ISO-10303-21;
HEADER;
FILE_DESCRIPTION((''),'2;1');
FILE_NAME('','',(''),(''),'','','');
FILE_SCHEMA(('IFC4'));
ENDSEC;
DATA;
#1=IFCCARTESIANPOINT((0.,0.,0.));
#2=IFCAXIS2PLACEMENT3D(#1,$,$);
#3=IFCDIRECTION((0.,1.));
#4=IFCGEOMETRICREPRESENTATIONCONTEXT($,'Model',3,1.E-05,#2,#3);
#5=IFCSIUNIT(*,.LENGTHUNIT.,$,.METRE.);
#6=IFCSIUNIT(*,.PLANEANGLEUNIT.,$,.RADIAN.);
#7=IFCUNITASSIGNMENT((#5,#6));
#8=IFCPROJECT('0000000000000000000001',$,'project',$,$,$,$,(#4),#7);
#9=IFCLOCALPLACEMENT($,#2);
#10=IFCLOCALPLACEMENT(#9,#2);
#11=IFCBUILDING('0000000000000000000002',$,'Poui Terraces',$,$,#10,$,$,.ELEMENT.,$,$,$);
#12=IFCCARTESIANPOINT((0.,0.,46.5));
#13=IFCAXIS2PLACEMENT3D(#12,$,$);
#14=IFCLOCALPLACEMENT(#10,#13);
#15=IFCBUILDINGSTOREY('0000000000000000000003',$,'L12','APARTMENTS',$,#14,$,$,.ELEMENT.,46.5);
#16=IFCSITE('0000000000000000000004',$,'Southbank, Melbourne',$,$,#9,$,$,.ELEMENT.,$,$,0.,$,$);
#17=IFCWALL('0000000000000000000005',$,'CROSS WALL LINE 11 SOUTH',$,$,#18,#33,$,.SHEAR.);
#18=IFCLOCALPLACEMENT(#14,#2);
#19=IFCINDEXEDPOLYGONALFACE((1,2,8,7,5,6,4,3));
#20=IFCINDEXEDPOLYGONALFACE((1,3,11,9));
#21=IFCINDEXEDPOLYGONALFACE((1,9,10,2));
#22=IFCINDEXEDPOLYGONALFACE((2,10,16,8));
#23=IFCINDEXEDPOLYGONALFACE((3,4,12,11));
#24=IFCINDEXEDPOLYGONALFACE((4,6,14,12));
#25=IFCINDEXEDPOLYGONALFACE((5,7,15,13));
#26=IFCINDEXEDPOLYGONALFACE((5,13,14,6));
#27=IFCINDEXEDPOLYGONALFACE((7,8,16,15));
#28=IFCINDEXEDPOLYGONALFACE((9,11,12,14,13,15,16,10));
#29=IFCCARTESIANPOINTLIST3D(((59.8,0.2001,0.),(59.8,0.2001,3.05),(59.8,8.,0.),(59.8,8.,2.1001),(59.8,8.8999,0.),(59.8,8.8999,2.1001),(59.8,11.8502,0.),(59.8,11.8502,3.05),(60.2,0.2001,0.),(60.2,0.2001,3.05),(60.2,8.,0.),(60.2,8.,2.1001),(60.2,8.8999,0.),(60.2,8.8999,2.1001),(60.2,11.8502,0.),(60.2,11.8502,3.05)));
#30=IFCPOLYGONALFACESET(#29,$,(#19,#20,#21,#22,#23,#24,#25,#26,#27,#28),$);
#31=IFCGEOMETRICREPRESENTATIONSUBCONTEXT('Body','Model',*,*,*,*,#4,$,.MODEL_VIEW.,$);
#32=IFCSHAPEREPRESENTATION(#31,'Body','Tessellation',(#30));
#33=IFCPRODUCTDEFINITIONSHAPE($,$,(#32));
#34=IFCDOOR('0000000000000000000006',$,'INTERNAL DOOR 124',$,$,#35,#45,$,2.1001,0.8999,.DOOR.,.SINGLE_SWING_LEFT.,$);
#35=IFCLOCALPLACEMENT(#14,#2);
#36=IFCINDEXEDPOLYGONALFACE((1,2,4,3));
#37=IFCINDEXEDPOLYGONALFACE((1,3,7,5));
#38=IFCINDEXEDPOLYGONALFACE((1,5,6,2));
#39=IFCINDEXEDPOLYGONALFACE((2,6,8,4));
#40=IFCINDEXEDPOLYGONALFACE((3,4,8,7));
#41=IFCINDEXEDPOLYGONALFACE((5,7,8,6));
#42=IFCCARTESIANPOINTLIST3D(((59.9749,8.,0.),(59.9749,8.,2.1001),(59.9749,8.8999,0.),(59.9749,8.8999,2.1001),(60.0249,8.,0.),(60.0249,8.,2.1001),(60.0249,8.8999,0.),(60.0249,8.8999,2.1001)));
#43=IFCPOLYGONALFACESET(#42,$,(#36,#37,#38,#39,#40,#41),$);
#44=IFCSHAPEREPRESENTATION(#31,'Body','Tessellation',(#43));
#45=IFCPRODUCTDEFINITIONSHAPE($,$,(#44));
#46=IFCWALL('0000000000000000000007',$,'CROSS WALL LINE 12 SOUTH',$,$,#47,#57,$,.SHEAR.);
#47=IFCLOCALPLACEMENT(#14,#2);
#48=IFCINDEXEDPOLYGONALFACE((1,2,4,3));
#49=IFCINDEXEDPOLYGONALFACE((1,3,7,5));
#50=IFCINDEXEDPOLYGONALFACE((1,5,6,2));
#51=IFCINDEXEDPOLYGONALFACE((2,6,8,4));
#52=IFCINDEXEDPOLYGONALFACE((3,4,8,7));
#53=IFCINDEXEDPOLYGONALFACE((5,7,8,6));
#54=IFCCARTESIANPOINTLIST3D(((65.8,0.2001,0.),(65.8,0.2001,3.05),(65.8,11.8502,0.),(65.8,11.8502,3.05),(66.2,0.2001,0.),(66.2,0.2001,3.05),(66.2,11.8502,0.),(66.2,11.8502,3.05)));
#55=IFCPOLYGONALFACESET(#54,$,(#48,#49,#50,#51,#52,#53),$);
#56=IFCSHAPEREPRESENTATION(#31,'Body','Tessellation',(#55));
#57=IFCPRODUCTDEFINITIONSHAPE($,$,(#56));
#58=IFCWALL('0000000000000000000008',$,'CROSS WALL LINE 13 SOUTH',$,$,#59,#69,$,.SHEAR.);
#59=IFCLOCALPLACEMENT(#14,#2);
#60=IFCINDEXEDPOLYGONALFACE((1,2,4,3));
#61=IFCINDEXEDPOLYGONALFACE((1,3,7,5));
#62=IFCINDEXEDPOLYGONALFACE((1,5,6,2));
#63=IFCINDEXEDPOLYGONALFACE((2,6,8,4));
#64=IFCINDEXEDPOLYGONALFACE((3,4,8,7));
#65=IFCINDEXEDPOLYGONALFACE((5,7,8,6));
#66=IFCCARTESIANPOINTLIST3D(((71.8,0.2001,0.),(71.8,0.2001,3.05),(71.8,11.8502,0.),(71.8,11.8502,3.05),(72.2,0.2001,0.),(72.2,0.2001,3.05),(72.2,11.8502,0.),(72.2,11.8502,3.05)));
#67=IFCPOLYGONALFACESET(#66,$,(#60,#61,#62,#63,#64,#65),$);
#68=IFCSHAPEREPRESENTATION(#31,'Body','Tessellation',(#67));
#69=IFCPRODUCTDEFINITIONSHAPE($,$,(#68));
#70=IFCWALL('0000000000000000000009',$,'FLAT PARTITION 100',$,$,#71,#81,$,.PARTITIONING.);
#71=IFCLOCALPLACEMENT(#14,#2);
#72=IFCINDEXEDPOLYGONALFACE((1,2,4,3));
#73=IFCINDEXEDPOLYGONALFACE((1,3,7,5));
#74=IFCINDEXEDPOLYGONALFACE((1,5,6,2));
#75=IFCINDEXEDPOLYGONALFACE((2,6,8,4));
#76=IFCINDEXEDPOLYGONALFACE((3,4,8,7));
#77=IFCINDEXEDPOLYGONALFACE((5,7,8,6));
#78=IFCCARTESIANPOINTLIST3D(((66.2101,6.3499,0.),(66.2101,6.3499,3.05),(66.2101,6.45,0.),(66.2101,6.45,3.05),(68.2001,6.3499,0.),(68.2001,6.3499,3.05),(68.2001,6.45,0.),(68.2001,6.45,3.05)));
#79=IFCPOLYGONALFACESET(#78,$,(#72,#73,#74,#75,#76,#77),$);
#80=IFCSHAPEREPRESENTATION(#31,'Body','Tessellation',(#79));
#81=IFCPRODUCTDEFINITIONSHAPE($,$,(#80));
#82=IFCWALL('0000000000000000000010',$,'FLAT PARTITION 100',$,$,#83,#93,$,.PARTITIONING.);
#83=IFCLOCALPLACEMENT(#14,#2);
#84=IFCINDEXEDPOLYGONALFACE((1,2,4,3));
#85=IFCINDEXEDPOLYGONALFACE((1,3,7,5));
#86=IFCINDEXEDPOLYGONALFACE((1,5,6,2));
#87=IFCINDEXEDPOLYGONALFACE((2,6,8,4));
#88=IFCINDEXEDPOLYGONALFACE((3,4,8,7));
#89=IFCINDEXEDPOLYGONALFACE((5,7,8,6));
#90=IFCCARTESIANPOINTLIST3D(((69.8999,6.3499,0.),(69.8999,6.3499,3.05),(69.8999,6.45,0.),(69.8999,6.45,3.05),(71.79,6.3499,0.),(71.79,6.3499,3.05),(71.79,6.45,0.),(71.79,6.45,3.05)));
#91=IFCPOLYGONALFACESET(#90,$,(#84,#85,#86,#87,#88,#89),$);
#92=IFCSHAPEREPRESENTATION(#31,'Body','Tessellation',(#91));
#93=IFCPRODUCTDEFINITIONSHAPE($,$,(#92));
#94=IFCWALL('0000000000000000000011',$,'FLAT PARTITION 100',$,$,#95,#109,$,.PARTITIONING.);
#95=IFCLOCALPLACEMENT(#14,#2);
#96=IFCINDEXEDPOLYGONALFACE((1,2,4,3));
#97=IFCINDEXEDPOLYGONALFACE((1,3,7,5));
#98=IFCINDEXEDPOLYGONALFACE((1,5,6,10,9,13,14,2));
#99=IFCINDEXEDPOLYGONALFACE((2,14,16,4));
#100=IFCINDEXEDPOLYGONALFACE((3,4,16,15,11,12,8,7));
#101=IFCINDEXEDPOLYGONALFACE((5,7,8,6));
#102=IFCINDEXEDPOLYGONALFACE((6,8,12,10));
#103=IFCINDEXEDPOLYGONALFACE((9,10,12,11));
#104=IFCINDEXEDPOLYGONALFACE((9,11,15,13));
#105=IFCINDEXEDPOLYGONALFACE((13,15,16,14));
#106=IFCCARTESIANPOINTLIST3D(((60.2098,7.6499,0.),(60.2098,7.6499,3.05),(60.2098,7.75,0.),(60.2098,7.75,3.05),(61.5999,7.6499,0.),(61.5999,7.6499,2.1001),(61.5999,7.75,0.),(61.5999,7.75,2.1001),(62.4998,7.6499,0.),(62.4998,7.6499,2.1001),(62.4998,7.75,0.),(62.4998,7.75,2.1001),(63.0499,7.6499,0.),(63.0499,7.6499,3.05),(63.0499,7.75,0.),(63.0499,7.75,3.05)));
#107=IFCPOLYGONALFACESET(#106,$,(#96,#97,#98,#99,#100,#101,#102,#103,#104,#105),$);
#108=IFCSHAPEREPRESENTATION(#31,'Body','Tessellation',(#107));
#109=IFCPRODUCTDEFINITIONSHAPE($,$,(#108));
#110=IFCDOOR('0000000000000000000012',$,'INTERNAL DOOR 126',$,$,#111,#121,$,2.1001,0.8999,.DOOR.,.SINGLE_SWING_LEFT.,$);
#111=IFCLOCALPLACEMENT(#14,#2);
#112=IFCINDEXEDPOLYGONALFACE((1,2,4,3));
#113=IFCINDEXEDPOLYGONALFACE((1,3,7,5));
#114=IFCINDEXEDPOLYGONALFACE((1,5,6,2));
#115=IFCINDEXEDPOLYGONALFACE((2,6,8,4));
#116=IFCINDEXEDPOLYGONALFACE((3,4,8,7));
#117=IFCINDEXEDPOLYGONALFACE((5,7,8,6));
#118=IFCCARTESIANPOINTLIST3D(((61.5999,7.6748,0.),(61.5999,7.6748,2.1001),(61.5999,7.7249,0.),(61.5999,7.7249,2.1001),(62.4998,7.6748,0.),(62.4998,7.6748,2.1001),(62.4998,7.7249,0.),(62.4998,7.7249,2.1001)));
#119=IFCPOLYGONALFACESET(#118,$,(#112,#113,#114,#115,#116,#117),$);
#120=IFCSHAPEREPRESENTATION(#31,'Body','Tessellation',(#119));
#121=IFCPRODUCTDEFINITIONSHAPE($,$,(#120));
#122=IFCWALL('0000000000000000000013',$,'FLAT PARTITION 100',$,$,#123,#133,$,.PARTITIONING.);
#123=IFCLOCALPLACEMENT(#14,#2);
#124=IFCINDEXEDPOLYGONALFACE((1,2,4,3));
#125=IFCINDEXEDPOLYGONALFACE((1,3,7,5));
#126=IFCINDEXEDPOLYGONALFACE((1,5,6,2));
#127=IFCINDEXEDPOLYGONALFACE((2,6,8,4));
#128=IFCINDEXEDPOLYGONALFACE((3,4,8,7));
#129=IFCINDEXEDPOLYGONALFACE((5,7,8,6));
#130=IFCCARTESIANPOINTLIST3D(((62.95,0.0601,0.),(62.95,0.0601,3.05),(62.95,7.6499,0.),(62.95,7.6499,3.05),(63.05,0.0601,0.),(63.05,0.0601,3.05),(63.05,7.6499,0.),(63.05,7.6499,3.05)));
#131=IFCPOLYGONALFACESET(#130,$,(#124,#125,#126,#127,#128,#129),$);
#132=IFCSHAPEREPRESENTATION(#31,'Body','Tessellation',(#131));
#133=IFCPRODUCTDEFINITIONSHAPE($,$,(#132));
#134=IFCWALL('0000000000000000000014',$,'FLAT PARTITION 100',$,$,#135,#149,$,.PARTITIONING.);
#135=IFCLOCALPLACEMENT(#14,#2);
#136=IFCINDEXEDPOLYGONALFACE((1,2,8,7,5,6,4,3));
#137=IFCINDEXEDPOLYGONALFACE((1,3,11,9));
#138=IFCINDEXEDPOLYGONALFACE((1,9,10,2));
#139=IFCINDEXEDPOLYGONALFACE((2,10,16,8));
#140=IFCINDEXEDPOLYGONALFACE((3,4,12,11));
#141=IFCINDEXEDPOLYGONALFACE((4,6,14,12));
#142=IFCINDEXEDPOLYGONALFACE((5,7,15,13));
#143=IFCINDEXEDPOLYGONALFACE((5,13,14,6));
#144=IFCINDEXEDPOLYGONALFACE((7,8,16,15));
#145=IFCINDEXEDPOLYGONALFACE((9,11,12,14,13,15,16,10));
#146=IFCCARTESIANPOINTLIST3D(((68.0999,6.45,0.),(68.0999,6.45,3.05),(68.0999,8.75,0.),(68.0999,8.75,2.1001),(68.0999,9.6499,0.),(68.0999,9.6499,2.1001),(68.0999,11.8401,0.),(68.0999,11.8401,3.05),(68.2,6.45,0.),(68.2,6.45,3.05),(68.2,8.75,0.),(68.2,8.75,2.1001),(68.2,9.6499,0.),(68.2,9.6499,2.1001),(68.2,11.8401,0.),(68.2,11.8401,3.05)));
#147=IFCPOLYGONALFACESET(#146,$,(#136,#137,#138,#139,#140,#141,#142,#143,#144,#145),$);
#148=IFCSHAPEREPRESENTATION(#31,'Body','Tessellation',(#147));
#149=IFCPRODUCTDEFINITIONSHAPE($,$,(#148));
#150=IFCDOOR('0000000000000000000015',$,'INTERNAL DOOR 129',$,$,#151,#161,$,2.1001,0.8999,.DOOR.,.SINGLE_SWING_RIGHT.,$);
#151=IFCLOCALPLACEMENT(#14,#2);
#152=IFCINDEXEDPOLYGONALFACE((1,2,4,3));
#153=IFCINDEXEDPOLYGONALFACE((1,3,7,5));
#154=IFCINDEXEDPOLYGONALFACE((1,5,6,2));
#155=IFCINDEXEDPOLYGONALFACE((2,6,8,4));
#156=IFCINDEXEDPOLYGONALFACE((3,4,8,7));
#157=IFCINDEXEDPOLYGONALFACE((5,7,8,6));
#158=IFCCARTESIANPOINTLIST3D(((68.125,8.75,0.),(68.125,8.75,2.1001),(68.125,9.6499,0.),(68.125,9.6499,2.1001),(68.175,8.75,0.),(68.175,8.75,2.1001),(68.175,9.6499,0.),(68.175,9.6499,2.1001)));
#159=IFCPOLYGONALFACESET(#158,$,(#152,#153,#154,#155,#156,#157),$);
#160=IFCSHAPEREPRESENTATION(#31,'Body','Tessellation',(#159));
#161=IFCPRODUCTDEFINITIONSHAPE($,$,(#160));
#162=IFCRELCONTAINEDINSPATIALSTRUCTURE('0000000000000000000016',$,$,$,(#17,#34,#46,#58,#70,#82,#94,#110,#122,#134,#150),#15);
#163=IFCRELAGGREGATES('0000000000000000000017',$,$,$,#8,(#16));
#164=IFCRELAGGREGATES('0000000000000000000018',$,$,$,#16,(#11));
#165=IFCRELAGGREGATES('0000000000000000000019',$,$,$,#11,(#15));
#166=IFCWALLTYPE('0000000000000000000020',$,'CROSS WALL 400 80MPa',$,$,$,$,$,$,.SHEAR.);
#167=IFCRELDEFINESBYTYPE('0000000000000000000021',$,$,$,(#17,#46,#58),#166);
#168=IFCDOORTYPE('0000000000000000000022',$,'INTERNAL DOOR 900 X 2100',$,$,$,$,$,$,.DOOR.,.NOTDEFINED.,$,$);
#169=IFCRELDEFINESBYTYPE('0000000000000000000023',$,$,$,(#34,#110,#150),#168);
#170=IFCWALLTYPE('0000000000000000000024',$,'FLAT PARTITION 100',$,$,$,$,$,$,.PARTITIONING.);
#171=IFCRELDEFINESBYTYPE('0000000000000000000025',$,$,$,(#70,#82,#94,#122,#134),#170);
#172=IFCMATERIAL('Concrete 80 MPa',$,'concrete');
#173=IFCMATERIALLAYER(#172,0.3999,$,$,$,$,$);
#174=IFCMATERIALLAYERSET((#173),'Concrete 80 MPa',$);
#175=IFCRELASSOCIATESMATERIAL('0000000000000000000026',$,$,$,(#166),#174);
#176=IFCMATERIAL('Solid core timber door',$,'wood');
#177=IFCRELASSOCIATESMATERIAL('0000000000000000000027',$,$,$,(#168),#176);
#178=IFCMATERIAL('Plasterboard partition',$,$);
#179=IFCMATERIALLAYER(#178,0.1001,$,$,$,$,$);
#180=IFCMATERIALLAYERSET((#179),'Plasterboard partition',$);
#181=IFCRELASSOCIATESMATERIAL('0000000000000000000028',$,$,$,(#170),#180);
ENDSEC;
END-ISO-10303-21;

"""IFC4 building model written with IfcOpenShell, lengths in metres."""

from ifc_helpers import new_model, si_unit, direction, frame, frame_2d, origin, place, context, subcontext, project, spatial, rectangle, extrude, material, layer, layer_set, type_object, element, fill, save


model = new_model("IFC4")

# Units and contexts
model_context = context("Model", 3, precision=1e-05, world=origin(), true_north=direction((0.0, 1.0)))
body_context = subcontext(model_context, "Body", "Model", "MODEL_VIEW")
ifc_project = project(units=[si_unit("LENGTHUNIT", "METRE"), si_unit("PLANEANGLEUNIT", "RADIAN")], contexts=[model_context])

# Site, building, storey
site_placement = place(None, origin())
site = spatial("IfcSite", under=ifc_project, at=site_placement, Name="Southbank, Melbourne", CompositionType="ELEMENT", RefElevation=0.0)
building_placement = place(site_placement, origin())
building = spatial("IfcBuilding", under=site, at=building_placement, Name="Poui Terraces", CompositionType="ELEMENT")
storey_placement = place(building_placement, frame((0.0, 0.0, 46.5)))
storey = spatial("IfcBuildingStorey", under=building, at=storey_placement, Name="L12", Description="APARTMENTS", CompositionType="ELEMENT", Elevation=46.5)

# Wall, opening, door
ifc_material_1 = material(Name="Concrete 80 MPa", Category="concrete")
ifc_layer_1 = layer(ifc_material_1, 0.3999)
ifc_layer_set_1 = layer_set([ifc_layer_1], Name="Concrete 80 MPa")
wall_type_1 = type_object("IfcWallType", Name="CROSS WALL 400 80MPa", PredefinedType="SHEAR", material=ifc_layer_set_1)
wall_1_placement = place(storey_placement, frame((60.0, 0.2, 0.0), z_axis=(0.0, 0.0, 1.0), x_axis=(0.0, 1.0, 0.0)))
wall_1 = element("IfcWall", 1, at=wall_1_placement, inside=storey, type_object=wall_type_1, Name="CROSS WALL LINE 11 SOUTH", PredefinedType="SHEAR", context=body_context, shape_type="SweptSolid", body=[
    extrude(rectangle(XDim=11.6501, YDim=0.3999, at=frame_2d((5.8252, 0.0))), origin(), (0.0, 0.0, 1.0), 3.05),
])
opening_1_placement = place(wall_1_placement, frame((7.8, 0.0, 0.0)))
opening_1 = element("IfcOpeningElement", 2, at=opening_1_placement, cuts=wall_1, PredefinedType="OPENING", context=body_context, shape_type="SweptSolid", body=[
    extrude(rectangle(XDim=0.8999, YDim=2.1001, at=frame_2d((0.45, 1.05))), frame((0.0, 0.21, 0.0), z_axis=(0.0, -1.0, 0.0), x_axis=(1.0, 0.0, 0.0)), (0.0, 0.0, 1.0), 0.4199),
])
ifc_material_2 = material(Name="Solid core timber door", Category="wood")
door_type_1 = type_object("IfcDoorType", Name="INTERNAL DOOR 900 X 2100", OperationType="NOTDEFINED", PredefinedType="DOOR", material=ifc_material_2)
door_1_placement = place(opening_1_placement, frame((0.8999, 0.0, 0.0), z_axis=(0.0, 0.0, 1.0), x_axis=(-1.0, 0.0, 0.0)))
door_1 = element("IfcDoor", 3, at=door_1_placement, inside=storey, type_object=door_type_1, Name="INTERNAL DOOR 124", OperationType="SINGLE_SWING_LEFT", OverallHeight=2.1001, OverallWidth=0.8999, PredefinedType="DOOR", context=body_context, shape_type="SweptSolid", body=[
    extrude(rectangle(XDim=0.8999, YDim=2.1001, at=frame_2d((0.45, 1.05))), frame((0.0, 0.0249, 0.0), z_axis=(0.0, -1.0, 0.0), x_axis=(1.0, 0.0, 0.0)), (0.0, 0.0, 1.0), 0.05),
])
fill(opening_1, door_1)

# Walls
for number, where, z_axis, x_axis, name in (
    (4, (66.0, 0.2, 0.0), (0.0, 0.0, 1.0), (0.0, 1.0, 0.0), "CROSS WALL LINE 12 SOUTH"),
    (5, (72.0, 0.2, 0.0), (0.0, 0.0, 1.0), (0.0, 1.0, 0.0), "CROSS WALL LINE 13 SOUTH"),
):
    element("IfcWall", number, at=place(storey_placement, frame(where, z_axis=z_axis, x_axis=x_axis)), inside=storey, type_object=wall_type_1, Name=name, PredefinedType="SHEAR", context=body_context, shape_type="SweptSolid", body=[
        extrude(rectangle(XDim=11.6501, YDim=0.3999, at=frame_2d((5.8252, 0.0))), origin(), (0.0, 0.0, 1.0), 3.05),
    ])
ifc_material_3 = material(Name="Plasterboard partition")
ifc_layer_2 = layer(ifc_material_3, 0.1001)
ifc_layer_set_2 = layer_set([ifc_layer_2], Name="Plasterboard partition")
wall_type_2 = type_object("IfcWallType", Name="FLAT PARTITION 100", PredefinedType="PARTITIONING", material=ifc_layer_set_2)
wall_2_placement = place(storey_placement, frame((66.21, 6.3999, 0.0), z_axis=(0.0, 0.0, 1.0), x_axis=(1.0, 0.0, 0.0)))
element("IfcWall", 6, at=wall_2_placement, inside=storey, type_object=wall_type_2, Name="FLAT PARTITION 100", PredefinedType="PARTITIONING", context=body_context, shape_type="SweptSolid", body=[
    extrude(rectangle(XDim=1.99, YDim=0.1001, at=frame_2d((0.9951, 0.0))), origin(), (0.0, 0.0, 1.0), 3.05),
])
wall_3_placement = place(storey_placement, frame((69.8999, 6.3999, 0.0), z_axis=(0.0, 0.0, 1.0), x_axis=(1.0, 0.0, 0.0)))
element("IfcWall", 7, at=wall_3_placement, inside=storey, type_object=wall_type_2, Name="FLAT PARTITION 100", PredefinedType="PARTITIONING", context=body_context, shape_type="SweptSolid", body=[
    extrude(rectangle(XDim=1.8901, YDim=0.1001, at=frame_2d((0.9451, 0.0))), origin(), (0.0, 0.0, 1.0), 3.05),
])

# Wall, opening, door
wall_4_placement = place(storey_placement, frame((60.21, 7.7, 0.0), z_axis=(0.0, 0.0, 1.0), x_axis=(1.0, 0.0, 0.0)))
wall_4 = element("IfcWall", 8, at=wall_4_placement, inside=storey, type_object=wall_type_2, Name="FLAT PARTITION 100", PredefinedType="PARTITIONING", context=body_context, shape_type="SweptSolid", body=[
    extrude(rectangle(XDim=2.8401, YDim=0.1001, at=frame_2d((1.4199, 0.0))), origin(), (0.0, 0.0, 1.0), 3.05),
])
opening_2_placement = place(wall_4_placement, frame((1.3899, 0.0, 0.0)))
opening_2 = element("IfcOpeningElement", 9, at=opening_2_placement, cuts=wall_4, PredefinedType="OPENING", context=body_context, shape_type="SweptSolid", body=[
    extrude(rectangle(XDim=0.8999, YDim=2.1001, at=frame_2d((0.45, 1.05))), frame((0.0, 0.0601, 0.0), z_axis=(0.0, -1.0, 0.0), x_axis=(1.0, 0.0, 0.0)), (0.0, 0.0, 1.0), 0.1201),
])
door_2_placement = place(opening_2_placement, origin())
door_2 = element("IfcDoor", 10, at=door_2_placement, inside=storey, type_object=door_type_1, Name="INTERNAL DOOR 126", OperationType="SINGLE_SWING_LEFT", OverallHeight=2.1001, OverallWidth=0.8999, PredefinedType="DOOR", context=body_context, shape_type="SweptSolid", body=[
    extrude(rectangle(XDim=0.8999, YDim=2.1001, at=frame_2d((0.45, 1.05))), frame((0.0, 0.0249, 0.0), z_axis=(0.0, -1.0, 0.0), x_axis=(1.0, 0.0, 0.0)), (0.0, 0.0, 1.0), 0.05),
])
fill(opening_2, door_2)

# Wall
wall_5_placement = place(storey_placement, frame((63.0, 0.0601, 0.0), z_axis=(0.0, 0.0, 1.0), x_axis=(0.0, 1.0, 0.0)))
element("IfcWall", 11, at=wall_5_placement, inside=storey, type_object=wall_type_2, Name="FLAT PARTITION 100", PredefinedType="PARTITIONING", context=body_context, shape_type="SweptSolid", body=[
    extrude(rectangle(XDim=7.5898, YDim=0.1001, at=frame_2d((3.7949, 0.0))), origin(), (0.0, 0.0, 1.0), 3.05),
])

# Wall, opening, door
wall_6_placement = place(storey_placement, frame((68.1499, 6.45, 0.0), z_axis=(0.0, 0.0, 1.0), x_axis=(0.0, 1.0, 0.0)))
wall_6 = element("IfcWall", 12, at=wall_6_placement, inside=storey, type_object=wall_type_2, Name="FLAT PARTITION 100", PredefinedType="PARTITIONING", context=body_context, shape_type="SweptSolid", body=[
    extrude(rectangle(XDim=5.3901, YDim=0.1001, at=frame_2d((2.6951, 0.0))), origin(), (0.0, 0.0, 1.0), 3.05),
])
opening_3_placement = place(wall_6_placement, frame((2.3, 0.0, 0.0)))
opening_3 = element("IfcOpeningElement", 13, at=opening_3_placement, cuts=wall_6, PredefinedType="OPENING", context=body_context, shape_type="SweptSolid", body=[
    extrude(rectangle(XDim=0.8999, YDim=2.1001, at=frame_2d((0.45, 1.05))), frame((0.0, 0.0601, 0.0), z_axis=(0.0, -1.0, 0.0), x_axis=(1.0, 0.0, 0.0)), (0.0, 0.0, 1.0), 0.1201),
])
door_3_placement = place(opening_3_placement, origin())
door_3 = element("IfcDoor", 14, at=door_3_placement, inside=storey, type_object=door_type_1, Name="INTERNAL DOOR 129", OperationType="SINGLE_SWING_RIGHT", OverallHeight=2.1001, OverallWidth=0.8999, PredefinedType="DOOR", context=body_context, shape_type="SweptSolid", body=[
    extrude(rectangle(XDim=0.8999, YDim=2.1001, at=frame_2d((0.45, 1.05))), frame((0.0, 0.0249, 0.0), z_axis=(0.0, -1.0, 0.0), x_axis=(1.0, 0.0, 0.0)), (0.0, 0.0, 1.0), 0.05),
])
fill(opening_3, door_3)

save(model, "model.ifc")
